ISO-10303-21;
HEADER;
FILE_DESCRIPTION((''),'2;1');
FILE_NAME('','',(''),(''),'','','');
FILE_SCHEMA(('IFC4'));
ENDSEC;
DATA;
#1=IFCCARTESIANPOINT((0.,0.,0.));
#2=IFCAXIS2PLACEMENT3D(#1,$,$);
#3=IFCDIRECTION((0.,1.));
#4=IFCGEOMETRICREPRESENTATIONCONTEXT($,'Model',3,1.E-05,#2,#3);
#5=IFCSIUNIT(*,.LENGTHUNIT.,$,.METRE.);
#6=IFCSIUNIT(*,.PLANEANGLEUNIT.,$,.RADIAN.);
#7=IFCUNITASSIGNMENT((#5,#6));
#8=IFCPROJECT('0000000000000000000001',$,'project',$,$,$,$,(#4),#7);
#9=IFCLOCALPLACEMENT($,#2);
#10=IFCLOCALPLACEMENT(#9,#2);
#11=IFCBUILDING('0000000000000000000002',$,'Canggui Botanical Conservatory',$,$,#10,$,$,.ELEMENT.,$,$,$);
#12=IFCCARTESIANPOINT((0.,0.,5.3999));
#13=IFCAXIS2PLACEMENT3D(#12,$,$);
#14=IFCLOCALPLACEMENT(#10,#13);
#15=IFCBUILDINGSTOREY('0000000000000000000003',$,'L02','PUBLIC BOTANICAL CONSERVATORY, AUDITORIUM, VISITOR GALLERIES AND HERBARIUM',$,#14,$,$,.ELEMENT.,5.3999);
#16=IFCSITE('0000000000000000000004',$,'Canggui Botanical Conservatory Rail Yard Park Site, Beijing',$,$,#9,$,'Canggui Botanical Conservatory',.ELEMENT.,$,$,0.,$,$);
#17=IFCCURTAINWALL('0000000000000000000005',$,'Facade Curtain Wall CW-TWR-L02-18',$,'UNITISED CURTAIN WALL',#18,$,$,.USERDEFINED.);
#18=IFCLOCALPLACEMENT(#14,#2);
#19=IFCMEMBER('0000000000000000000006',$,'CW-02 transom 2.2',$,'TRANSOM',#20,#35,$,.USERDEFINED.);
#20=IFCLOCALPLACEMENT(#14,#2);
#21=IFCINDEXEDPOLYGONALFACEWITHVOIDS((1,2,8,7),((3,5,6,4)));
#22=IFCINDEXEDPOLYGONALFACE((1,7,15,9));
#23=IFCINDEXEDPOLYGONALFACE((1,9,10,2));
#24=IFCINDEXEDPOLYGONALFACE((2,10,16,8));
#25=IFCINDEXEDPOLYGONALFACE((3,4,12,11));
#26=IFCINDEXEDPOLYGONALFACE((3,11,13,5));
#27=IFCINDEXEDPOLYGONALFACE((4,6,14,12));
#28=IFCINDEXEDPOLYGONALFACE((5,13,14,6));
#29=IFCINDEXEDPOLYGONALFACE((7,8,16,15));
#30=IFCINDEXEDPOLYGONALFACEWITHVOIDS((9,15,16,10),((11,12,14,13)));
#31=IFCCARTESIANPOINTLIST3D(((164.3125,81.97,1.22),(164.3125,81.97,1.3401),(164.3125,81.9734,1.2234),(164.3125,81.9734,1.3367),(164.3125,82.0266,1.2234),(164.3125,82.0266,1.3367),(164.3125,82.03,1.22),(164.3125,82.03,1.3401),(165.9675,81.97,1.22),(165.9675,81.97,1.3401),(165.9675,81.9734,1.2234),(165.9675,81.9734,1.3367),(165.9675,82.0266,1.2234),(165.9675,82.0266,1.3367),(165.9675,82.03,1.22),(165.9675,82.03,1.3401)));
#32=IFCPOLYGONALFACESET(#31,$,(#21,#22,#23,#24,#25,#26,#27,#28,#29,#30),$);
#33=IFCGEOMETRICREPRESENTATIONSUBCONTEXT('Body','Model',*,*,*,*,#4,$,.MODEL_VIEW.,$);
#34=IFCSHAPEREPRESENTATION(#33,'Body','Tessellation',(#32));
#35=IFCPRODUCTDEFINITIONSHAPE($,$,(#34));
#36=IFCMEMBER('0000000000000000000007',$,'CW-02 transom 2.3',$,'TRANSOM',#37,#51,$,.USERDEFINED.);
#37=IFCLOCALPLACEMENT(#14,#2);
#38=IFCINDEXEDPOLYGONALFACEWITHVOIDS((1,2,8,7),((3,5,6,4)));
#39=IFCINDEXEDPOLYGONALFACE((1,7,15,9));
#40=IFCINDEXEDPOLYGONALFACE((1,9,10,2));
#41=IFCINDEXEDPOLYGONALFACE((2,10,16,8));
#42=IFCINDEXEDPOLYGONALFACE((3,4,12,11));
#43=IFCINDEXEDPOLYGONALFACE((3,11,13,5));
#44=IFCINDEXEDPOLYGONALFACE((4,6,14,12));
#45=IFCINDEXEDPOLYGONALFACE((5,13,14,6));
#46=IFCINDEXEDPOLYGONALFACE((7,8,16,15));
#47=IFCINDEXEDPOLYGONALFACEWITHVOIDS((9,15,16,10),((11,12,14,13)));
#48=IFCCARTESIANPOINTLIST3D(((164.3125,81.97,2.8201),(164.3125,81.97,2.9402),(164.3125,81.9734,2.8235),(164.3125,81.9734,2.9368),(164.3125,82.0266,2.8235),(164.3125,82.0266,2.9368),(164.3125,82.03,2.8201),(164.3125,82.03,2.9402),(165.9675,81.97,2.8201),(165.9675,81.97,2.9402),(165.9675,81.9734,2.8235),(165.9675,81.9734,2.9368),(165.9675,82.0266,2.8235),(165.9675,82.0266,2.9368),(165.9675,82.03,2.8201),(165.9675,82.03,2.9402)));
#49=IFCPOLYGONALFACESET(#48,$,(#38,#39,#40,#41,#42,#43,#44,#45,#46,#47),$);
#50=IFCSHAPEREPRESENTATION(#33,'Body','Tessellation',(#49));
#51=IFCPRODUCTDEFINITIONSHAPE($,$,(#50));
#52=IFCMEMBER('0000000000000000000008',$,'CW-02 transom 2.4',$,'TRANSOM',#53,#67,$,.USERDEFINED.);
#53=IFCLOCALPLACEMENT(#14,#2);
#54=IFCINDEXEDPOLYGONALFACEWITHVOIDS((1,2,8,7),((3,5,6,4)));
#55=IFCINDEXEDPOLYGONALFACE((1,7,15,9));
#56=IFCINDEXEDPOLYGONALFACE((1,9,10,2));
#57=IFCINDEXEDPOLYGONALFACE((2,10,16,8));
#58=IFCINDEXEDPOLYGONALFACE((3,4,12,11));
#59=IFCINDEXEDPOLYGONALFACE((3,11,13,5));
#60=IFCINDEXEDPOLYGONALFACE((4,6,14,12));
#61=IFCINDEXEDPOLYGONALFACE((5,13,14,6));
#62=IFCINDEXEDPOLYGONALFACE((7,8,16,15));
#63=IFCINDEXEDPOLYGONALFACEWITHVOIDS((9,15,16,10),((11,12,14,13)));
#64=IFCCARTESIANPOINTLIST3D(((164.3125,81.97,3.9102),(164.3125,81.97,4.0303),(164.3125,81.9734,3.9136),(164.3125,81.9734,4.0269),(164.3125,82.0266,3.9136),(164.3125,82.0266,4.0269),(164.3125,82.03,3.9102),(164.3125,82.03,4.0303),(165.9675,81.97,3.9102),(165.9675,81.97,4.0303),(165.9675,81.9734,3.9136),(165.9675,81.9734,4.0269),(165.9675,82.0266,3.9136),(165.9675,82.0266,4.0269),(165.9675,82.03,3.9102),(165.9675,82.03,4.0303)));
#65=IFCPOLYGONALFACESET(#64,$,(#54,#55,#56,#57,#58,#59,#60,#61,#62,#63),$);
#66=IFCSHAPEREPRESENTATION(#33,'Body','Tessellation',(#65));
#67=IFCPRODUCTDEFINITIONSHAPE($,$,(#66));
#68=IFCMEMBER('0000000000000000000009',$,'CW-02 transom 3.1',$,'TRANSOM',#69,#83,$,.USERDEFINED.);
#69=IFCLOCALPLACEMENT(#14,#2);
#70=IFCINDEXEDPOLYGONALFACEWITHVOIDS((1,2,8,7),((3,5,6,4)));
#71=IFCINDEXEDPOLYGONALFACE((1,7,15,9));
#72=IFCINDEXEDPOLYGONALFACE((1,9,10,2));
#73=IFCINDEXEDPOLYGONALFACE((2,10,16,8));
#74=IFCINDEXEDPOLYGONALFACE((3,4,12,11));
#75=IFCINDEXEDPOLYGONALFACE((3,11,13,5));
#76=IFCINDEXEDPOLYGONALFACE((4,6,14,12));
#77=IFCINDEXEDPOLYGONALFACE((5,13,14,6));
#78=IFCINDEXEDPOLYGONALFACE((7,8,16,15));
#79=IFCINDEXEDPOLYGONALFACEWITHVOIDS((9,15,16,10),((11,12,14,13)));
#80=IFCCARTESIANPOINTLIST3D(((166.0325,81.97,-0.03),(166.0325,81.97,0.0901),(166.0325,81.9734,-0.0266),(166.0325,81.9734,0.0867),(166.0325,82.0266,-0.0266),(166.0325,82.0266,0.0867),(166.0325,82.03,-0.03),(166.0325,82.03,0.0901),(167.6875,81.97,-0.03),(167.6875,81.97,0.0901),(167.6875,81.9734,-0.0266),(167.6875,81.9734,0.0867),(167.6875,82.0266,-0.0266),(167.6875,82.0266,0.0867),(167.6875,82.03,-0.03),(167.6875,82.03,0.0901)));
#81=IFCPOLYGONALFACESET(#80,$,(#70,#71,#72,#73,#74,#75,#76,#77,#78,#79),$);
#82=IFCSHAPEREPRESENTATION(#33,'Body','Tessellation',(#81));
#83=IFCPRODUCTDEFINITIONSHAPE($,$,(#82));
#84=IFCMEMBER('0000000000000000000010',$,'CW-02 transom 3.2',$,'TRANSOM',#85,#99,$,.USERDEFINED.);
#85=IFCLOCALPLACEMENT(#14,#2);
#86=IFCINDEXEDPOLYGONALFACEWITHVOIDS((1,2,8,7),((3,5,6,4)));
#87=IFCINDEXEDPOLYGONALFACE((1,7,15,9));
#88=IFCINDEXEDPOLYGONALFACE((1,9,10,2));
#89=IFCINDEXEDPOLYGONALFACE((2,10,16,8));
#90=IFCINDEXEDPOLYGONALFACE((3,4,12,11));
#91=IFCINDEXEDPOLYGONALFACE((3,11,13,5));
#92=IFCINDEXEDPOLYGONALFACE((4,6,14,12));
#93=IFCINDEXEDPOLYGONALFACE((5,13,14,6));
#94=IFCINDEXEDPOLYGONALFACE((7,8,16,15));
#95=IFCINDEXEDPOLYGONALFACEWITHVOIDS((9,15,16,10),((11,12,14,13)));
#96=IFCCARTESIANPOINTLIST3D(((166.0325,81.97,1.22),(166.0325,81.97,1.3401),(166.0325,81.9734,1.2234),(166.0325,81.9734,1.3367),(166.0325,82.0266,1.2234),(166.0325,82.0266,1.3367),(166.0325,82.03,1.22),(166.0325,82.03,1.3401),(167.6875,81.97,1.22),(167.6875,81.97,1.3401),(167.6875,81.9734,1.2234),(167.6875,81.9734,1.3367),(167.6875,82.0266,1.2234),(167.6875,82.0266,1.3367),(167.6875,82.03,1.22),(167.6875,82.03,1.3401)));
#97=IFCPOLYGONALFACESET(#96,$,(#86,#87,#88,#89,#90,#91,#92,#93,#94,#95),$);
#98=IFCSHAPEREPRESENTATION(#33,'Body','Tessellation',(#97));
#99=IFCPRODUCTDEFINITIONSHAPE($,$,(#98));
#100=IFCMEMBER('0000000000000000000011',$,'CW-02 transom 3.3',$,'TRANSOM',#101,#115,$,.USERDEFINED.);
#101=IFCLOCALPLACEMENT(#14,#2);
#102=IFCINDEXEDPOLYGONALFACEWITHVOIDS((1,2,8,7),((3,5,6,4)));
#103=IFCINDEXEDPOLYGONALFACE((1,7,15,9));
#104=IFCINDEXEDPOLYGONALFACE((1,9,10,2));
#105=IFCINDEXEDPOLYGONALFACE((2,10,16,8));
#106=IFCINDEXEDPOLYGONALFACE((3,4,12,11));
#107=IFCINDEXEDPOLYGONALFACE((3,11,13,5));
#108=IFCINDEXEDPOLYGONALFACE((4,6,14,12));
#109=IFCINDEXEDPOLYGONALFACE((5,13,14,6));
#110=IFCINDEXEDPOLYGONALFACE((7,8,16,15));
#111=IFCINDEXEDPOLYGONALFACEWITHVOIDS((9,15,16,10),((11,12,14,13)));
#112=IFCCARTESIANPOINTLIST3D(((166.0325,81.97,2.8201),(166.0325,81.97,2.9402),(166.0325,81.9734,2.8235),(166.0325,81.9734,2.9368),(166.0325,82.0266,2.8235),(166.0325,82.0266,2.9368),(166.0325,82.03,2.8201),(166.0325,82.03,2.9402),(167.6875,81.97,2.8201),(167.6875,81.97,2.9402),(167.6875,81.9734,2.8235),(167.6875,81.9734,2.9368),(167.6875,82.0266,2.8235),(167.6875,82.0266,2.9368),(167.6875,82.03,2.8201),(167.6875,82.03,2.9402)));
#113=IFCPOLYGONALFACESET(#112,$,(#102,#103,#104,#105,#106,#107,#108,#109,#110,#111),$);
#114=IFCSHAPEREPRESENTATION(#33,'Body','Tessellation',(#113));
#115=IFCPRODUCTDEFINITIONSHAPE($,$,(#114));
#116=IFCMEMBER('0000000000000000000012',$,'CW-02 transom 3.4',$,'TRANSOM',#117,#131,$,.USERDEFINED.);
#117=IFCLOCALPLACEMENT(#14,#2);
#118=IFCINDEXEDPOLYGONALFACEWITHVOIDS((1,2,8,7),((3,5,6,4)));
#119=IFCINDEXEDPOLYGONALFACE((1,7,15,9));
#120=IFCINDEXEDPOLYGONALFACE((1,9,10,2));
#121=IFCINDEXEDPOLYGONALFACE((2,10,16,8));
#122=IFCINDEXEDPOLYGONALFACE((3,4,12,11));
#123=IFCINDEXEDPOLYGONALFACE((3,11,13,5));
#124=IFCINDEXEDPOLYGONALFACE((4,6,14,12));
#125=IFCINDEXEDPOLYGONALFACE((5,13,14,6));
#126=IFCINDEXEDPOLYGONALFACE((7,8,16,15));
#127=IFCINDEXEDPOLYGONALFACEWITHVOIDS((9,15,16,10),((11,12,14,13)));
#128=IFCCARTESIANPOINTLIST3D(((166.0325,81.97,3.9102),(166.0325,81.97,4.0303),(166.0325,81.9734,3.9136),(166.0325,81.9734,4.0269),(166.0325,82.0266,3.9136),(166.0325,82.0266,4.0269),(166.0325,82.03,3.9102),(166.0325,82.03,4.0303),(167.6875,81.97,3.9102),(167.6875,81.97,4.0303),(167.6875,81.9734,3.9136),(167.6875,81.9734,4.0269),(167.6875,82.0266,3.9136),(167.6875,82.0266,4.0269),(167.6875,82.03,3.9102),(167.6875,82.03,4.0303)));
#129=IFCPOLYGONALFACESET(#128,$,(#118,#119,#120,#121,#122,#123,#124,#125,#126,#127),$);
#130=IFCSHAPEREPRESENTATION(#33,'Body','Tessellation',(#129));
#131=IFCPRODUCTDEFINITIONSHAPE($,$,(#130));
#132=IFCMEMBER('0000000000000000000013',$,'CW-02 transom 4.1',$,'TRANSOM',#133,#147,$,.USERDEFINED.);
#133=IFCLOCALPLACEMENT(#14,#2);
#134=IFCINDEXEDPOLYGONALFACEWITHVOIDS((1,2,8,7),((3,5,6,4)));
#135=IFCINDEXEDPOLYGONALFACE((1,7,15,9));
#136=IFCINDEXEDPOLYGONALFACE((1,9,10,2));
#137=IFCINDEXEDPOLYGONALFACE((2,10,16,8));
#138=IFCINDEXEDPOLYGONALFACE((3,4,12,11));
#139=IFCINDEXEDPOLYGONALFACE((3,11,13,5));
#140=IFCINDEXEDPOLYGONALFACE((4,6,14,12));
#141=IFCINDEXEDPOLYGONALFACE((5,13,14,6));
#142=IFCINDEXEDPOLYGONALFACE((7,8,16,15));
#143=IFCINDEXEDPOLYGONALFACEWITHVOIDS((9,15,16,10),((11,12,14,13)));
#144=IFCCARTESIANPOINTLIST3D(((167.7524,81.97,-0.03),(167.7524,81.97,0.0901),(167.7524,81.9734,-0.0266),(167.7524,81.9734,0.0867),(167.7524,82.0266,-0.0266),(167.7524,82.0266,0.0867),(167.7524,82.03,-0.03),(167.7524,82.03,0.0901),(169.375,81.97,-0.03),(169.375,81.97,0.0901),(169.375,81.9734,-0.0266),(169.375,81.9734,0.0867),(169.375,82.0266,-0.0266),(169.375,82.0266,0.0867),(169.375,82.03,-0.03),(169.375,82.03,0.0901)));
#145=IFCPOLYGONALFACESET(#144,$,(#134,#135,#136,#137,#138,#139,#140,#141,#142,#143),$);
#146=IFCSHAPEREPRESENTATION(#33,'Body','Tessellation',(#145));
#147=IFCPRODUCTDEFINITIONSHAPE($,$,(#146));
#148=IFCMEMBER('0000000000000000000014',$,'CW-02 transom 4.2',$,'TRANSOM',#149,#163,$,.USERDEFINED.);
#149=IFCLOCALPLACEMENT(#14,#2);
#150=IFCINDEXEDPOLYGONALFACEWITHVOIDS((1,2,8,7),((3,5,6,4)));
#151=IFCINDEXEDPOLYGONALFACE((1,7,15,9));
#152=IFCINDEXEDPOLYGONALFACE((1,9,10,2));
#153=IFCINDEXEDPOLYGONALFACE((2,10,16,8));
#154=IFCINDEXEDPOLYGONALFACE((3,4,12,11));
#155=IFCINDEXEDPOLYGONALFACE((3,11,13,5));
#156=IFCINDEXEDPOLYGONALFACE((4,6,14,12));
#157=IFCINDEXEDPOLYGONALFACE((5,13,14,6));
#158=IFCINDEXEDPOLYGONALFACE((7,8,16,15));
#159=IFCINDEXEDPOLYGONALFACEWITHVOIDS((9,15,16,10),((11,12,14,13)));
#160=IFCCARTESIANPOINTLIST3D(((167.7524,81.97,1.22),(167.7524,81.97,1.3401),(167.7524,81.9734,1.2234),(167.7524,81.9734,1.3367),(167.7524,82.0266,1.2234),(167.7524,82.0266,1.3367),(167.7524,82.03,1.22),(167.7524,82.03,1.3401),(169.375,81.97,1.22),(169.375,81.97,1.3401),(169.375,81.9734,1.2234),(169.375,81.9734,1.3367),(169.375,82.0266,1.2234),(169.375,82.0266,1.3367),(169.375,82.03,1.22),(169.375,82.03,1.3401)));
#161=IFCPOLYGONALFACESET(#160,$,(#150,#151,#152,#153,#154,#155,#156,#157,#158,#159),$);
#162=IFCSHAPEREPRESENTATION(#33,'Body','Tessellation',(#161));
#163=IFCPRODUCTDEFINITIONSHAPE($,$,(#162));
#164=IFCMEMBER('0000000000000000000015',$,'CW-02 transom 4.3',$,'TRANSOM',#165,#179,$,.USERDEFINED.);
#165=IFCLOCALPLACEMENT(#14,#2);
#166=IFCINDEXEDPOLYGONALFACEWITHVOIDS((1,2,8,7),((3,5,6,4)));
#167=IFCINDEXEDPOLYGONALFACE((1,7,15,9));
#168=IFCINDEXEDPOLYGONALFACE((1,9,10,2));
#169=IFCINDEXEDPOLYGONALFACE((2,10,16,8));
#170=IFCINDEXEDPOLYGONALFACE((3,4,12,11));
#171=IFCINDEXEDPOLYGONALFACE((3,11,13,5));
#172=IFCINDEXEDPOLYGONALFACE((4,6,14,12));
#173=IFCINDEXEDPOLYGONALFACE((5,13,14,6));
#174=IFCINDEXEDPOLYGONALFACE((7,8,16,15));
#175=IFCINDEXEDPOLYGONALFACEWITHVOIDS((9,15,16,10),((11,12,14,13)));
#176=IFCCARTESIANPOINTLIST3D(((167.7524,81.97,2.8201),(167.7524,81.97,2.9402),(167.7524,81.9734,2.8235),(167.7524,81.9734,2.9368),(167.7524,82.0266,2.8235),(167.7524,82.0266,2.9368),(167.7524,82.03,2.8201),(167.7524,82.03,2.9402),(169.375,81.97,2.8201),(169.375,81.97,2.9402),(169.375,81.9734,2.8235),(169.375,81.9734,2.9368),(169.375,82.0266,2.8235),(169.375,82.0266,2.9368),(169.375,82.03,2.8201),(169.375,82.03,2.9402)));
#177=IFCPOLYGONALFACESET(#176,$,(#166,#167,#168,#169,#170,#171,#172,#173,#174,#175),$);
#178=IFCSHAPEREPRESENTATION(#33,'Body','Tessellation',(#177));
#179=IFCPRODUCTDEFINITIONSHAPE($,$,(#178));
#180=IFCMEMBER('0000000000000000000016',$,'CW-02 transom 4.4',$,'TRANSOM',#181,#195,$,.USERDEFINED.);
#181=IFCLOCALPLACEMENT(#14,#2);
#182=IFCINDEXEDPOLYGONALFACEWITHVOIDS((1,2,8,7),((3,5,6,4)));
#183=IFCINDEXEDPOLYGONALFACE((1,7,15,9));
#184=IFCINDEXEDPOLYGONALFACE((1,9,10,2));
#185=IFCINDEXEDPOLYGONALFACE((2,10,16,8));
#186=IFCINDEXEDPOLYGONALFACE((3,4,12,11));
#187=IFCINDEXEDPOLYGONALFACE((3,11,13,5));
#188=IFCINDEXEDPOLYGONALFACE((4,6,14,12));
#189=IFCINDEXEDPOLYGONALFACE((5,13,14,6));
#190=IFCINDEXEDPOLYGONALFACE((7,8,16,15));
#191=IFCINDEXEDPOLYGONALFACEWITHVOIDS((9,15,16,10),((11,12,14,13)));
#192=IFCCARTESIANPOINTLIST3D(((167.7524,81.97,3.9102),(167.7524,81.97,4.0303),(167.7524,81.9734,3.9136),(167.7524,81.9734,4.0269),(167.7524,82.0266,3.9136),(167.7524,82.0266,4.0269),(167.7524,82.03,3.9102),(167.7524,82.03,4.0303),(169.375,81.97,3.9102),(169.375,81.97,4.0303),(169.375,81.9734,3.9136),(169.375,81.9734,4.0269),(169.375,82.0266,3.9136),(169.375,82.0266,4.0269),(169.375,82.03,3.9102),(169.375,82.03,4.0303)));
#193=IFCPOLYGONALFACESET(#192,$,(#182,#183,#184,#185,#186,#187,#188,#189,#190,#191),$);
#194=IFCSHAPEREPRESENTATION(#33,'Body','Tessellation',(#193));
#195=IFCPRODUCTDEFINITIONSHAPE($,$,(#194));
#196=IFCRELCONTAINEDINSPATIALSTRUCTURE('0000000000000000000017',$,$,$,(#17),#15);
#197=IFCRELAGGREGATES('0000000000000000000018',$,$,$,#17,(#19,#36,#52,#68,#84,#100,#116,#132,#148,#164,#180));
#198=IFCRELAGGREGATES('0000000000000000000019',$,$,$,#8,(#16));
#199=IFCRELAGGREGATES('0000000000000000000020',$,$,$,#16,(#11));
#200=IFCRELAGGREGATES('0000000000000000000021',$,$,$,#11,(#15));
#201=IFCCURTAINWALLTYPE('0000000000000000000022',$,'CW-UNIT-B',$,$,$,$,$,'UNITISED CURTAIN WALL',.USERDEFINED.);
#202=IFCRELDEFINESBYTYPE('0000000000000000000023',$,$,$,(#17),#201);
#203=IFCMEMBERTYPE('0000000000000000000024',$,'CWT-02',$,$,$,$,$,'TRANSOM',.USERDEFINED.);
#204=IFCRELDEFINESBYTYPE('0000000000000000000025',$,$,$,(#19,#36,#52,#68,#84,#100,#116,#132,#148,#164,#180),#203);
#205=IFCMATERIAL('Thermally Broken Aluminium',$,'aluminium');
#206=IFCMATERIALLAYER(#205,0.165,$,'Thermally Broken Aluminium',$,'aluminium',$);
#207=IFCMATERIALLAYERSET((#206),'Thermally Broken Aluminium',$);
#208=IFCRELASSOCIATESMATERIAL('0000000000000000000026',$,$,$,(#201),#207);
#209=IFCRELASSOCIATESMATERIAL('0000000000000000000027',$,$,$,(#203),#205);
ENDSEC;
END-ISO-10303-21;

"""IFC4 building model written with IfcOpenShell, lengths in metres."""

from ifc_helpers import new_model, si_unit, direction, frame, origin, origin_2d, place, context, subcontext, project, spatial, hollow_rectangle, extrude, material, layer, layer_set, material_profile, profile_set, type_object, element, aggregate, save


model = new_model("IFC4")

# Units and contexts
model_context = context("Model", 3, precision=1e-05, world=origin(), true_north=direction((0.0, 1.0)))
body_context = subcontext(model_context, "Body", "Model", "MODEL_VIEW")
ifc_project = project(units=[si_unit("LENGTHUNIT", "METRE"), si_unit("PLANEANGLEUNIT", "RADIAN")], contexts=[model_context])

# Site, building, storey
site_placement = place(None, origin())
site = spatial("IfcSite", under=ifc_project, at=site_placement, Name="Canggui Botanical Conservatory Rail Yard Park Site, Beijing", LongName="Canggui Botanical Conservatory", CompositionType="ELEMENT", RefElevation=0.0)
building_placement = place(site_placement, origin())
building = spatial("IfcBuilding", under=site, at=building_placement, Name="Canggui Botanical Conservatory", CompositionType="ELEMENT")
storey_placement = place(building_placement, frame((0.0, 0.0, 5.3999)))
storey = spatial("IfcBuildingStorey", under=building, at=storey_placement, Name="L02", Description="PUBLIC BOTANICAL CONSERVATORY, AUDITORIUM, VISITOR GALLERIES AND HERBARIUM", CompositionType="ELEMENT", Elevation=5.3999)

# Curtain wall, members
ifc_material_1 = material(Name="Thermally Broken Aluminium", Category="aluminium")
ifc_layer_1 = layer(ifc_material_1, 0.165, Name="Thermally Broken Aluminium", Category="aluminium")
ifc_layer_set_1 = layer_set([ifc_layer_1], Name="Thermally Broken Aluminium")
curtain_wall_type = type_object("IfcCurtainWallType", Name="CW-UNIT-B", ElementType="UNITISED CURTAIN WALL", PredefinedType="USERDEFINED", material=ifc_layer_set_1)
curtain_wall_placement = place(storey_placement, origin())
curtain_wall = element("IfcCurtainWall", 1, at=curtain_wall_placement, inside=storey, type_object=curtain_wall_type, Name="Facade Curtain Wall CW-TWR-L02-18", ObjectType="UNITISED CURTAIN WALL", PredefinedType="USERDEFINED")
ifc_material_profile_1 = material_profile(ifc_material_1, hollow_rectangle(XDim=0.0601, YDim=0.1201, WallThickness=0.0034, at=origin_2d()), Name="CWT 60x120x3.5")
ifc_profile_set_1 = profile_set([ifc_material_profile_1], Name="Thermally Broken Aluminium")
member_type_1 = type_object("IfcMemberType", Name="CWT-02", ElementType="TRANSOM", PredefinedType="USERDEFINED", material=ifc_profile_set_1)
member_1_placement = place(storey_placement, frame((164.3125, 82.0, 1.28), z_axis=(1.0, 0.0, 0.0), x_axis=(0.0, 1.0, 0.0)))
member_1 = element("IfcMember", 2, at=member_1_placement, type_object=member_type_1, Name="CW-02 transom 2.2", ObjectType="TRANSOM", PredefinedType="USERDEFINED", context=body_context, shape_type="SweptSolid", body=[
    extrude(hollow_rectangle(XDim=0.0601, YDim=0.1201, WallThickness=0.0034, at=origin_2d()), origin(), (0.0, 0.0, 1.0), 1.655),
])
member_2_placement = place(storey_placement, frame((164.3125, 82.0, 2.8801), z_axis=(1.0, 0.0, 0.0), x_axis=(0.0, 1.0, 0.0)))
member_2 = element("IfcMember", 3, at=member_2_placement, type_object=member_type_1, Name="CW-02 transom 2.3", ObjectType="TRANSOM", PredefinedType="USERDEFINED", context=body_context, shape_type="SweptSolid", body=[
    extrude(hollow_rectangle(XDim=0.0601, YDim=0.1201, WallThickness=0.0034, at=origin_2d()), origin(), (0.0, 0.0, 1.0), 1.655),
])
member_3_placement = place(storey_placement, frame((164.3125, 82.0, 3.9702), z_axis=(1.0, 0.0, 0.0), x_axis=(0.0, 1.0, 0.0)))
member_3 = element("IfcMember", 4, at=member_3_placement, type_object=member_type_1, Name="CW-02 transom 2.4", ObjectType="TRANSOM", PredefinedType="USERDEFINED", context=body_context, shape_type="SweptSolid", body=[
    extrude(hollow_rectangle(XDim=0.0601, YDim=0.1201, WallThickness=0.0034, at=origin_2d()), origin(), (0.0, 0.0, 1.0), 1.655),
])
member_4_placement = place(storey_placement, frame((166.0325, 82.0, 0.03), z_axis=(1.0, 0.0, 0.0), x_axis=(0.0, 1.0, 0.0)))
member_4 = element("IfcMember", 5, at=member_4_placement, type_object=member_type_1, Name="CW-02 transom 3.1", ObjectType="TRANSOM", PredefinedType="USERDEFINED", context=body_context, shape_type="SweptSolid", body=[
    extrude(hollow_rectangle(XDim=0.0601, YDim=0.1201, WallThickness=0.0034, at=origin_2d()), origin(), (0.0, 0.0, 1.0), 1.655),
])
member_5_placement = place(storey_placement, frame((166.0325, 82.0, 1.28), z_axis=(1.0, 0.0, 0.0), x_axis=(0.0, 1.0, 0.0)))
member_5 = element("IfcMember", 6, at=member_5_placement, type_object=member_type_1, Name="CW-02 transom 3.2", ObjectType="TRANSOM", PredefinedType="USERDEFINED", context=body_context, shape_type="SweptSolid", body=[
    extrude(hollow_rectangle(XDim=0.0601, YDim=0.1201, WallThickness=0.0034, at=origin_2d()), origin(), (0.0, 0.0, 1.0), 1.655),
])
member_6_placement = place(storey_placement, frame((166.0325, 82.0, 2.8801), z_axis=(1.0, 0.0, 0.0), x_axis=(0.0, 1.0, 0.0)))
member_6 = element("IfcMember", 7, at=member_6_placement, type_object=member_type_1, Name="CW-02 transom 3.3", ObjectType="TRANSOM", PredefinedType="USERDEFINED", context=body_context, shape_type="SweptSolid", body=[
    extrude(hollow_rectangle(XDim=0.0601, YDim=0.1201, WallThickness=0.0034, at=origin_2d()), origin(), (0.0, 0.0, 1.0), 1.655),
])
member_7_placement = place(storey_placement, frame((166.0325, 82.0, 3.9702), z_axis=(1.0, 0.0, 0.0), x_axis=(0.0, 1.0, 0.0)))
member_7 = element("IfcMember", 8, at=member_7_placement, type_object=member_type_1, Name="CW-02 transom 3.4", ObjectType="TRANSOM", PredefinedType="USERDEFINED", context=body_context, shape_type="SweptSolid", body=[
    extrude(hollow_rectangle(XDim=0.0601, YDim=0.1201, WallThickness=0.0034, at=origin_2d()), origin(), (0.0, 0.0, 1.0), 1.655),
])
member_8_placement = place(storey_placement, frame((167.7524, 82.0, 0.03), z_axis=(1.0, 0.0, 0.0), x_axis=(0.0, 1.0, 0.0)))
member_8 = element("IfcMember", 9, at=member_8_placement, type_object=member_type_1, Name="CW-02 transom 4.1", ObjectType="TRANSOM", PredefinedType="USERDEFINED", context=body_context, shape_type="SweptSolid", body=[
    extrude(hollow_rectangle(XDim=0.0601, YDim=0.1201, WallThickness=0.0034, at=origin_2d()), origin(), (0.0, 0.0, 1.0), 1.6226),
])
member_9_placement = place(storey_placement, frame((167.7524, 82.0, 1.28), z_axis=(1.0, 0.0, 0.0), x_axis=(0.0, 1.0, 0.0)))
member_9 = element("IfcMember", 10, at=member_9_placement, type_object=member_type_1, Name="CW-02 transom 4.2", ObjectType="TRANSOM", PredefinedType="USERDEFINED", context=body_context, shape_type="SweptSolid", body=[
    extrude(hollow_rectangle(XDim=0.0601, YDim=0.1201, WallThickness=0.0034, at=origin_2d()), origin(), (0.0, 0.0, 1.0), 1.6226),
])
member_10_placement = place(storey_placement, frame((167.7524, 82.0, 2.8801), z_axis=(1.0, 0.0, 0.0), x_axis=(0.0, 1.0, 0.0)))
member_10 = element("IfcMember", 11, at=member_10_placement, type_object=member_type_1, Name="CW-02 transom 4.3", ObjectType="TRANSOM", PredefinedType="USERDEFINED", context=body_context, shape_type="SweptSolid", body=[
    extrude(hollow_rectangle(XDim=0.0601, YDim=0.1201, WallThickness=0.0034, at=origin_2d()), origin(), (0.0, 0.0, 1.0), 1.6226),
])
member_11_placement = place(storey_placement, frame((167.7524, 82.0, 3.9702), z_axis=(1.0, 0.0, 0.0), x_axis=(0.0, 1.0, 0.0)))
member_11 = element("IfcMember", 12, at=member_11_placement, type_object=member_type_1, Name="CW-02 transom 4.4", ObjectType="TRANSOM", PredefinedType="USERDEFINED", context=body_context, shape_type="SweptSolid", body=[
    extrude(hollow_rectangle(XDim=0.0601, YDim=0.1201, WallThickness=0.0034, at=origin_2d()), origin(), (0.0, 0.0, 1.0), 1.6226),
])
aggregate(curtain_wall, [member_1, member_2, member_3, member_4, member_5, member_6, member_7, member_8, member_9, member_10, member_11])

save(model, "model.ifc")
